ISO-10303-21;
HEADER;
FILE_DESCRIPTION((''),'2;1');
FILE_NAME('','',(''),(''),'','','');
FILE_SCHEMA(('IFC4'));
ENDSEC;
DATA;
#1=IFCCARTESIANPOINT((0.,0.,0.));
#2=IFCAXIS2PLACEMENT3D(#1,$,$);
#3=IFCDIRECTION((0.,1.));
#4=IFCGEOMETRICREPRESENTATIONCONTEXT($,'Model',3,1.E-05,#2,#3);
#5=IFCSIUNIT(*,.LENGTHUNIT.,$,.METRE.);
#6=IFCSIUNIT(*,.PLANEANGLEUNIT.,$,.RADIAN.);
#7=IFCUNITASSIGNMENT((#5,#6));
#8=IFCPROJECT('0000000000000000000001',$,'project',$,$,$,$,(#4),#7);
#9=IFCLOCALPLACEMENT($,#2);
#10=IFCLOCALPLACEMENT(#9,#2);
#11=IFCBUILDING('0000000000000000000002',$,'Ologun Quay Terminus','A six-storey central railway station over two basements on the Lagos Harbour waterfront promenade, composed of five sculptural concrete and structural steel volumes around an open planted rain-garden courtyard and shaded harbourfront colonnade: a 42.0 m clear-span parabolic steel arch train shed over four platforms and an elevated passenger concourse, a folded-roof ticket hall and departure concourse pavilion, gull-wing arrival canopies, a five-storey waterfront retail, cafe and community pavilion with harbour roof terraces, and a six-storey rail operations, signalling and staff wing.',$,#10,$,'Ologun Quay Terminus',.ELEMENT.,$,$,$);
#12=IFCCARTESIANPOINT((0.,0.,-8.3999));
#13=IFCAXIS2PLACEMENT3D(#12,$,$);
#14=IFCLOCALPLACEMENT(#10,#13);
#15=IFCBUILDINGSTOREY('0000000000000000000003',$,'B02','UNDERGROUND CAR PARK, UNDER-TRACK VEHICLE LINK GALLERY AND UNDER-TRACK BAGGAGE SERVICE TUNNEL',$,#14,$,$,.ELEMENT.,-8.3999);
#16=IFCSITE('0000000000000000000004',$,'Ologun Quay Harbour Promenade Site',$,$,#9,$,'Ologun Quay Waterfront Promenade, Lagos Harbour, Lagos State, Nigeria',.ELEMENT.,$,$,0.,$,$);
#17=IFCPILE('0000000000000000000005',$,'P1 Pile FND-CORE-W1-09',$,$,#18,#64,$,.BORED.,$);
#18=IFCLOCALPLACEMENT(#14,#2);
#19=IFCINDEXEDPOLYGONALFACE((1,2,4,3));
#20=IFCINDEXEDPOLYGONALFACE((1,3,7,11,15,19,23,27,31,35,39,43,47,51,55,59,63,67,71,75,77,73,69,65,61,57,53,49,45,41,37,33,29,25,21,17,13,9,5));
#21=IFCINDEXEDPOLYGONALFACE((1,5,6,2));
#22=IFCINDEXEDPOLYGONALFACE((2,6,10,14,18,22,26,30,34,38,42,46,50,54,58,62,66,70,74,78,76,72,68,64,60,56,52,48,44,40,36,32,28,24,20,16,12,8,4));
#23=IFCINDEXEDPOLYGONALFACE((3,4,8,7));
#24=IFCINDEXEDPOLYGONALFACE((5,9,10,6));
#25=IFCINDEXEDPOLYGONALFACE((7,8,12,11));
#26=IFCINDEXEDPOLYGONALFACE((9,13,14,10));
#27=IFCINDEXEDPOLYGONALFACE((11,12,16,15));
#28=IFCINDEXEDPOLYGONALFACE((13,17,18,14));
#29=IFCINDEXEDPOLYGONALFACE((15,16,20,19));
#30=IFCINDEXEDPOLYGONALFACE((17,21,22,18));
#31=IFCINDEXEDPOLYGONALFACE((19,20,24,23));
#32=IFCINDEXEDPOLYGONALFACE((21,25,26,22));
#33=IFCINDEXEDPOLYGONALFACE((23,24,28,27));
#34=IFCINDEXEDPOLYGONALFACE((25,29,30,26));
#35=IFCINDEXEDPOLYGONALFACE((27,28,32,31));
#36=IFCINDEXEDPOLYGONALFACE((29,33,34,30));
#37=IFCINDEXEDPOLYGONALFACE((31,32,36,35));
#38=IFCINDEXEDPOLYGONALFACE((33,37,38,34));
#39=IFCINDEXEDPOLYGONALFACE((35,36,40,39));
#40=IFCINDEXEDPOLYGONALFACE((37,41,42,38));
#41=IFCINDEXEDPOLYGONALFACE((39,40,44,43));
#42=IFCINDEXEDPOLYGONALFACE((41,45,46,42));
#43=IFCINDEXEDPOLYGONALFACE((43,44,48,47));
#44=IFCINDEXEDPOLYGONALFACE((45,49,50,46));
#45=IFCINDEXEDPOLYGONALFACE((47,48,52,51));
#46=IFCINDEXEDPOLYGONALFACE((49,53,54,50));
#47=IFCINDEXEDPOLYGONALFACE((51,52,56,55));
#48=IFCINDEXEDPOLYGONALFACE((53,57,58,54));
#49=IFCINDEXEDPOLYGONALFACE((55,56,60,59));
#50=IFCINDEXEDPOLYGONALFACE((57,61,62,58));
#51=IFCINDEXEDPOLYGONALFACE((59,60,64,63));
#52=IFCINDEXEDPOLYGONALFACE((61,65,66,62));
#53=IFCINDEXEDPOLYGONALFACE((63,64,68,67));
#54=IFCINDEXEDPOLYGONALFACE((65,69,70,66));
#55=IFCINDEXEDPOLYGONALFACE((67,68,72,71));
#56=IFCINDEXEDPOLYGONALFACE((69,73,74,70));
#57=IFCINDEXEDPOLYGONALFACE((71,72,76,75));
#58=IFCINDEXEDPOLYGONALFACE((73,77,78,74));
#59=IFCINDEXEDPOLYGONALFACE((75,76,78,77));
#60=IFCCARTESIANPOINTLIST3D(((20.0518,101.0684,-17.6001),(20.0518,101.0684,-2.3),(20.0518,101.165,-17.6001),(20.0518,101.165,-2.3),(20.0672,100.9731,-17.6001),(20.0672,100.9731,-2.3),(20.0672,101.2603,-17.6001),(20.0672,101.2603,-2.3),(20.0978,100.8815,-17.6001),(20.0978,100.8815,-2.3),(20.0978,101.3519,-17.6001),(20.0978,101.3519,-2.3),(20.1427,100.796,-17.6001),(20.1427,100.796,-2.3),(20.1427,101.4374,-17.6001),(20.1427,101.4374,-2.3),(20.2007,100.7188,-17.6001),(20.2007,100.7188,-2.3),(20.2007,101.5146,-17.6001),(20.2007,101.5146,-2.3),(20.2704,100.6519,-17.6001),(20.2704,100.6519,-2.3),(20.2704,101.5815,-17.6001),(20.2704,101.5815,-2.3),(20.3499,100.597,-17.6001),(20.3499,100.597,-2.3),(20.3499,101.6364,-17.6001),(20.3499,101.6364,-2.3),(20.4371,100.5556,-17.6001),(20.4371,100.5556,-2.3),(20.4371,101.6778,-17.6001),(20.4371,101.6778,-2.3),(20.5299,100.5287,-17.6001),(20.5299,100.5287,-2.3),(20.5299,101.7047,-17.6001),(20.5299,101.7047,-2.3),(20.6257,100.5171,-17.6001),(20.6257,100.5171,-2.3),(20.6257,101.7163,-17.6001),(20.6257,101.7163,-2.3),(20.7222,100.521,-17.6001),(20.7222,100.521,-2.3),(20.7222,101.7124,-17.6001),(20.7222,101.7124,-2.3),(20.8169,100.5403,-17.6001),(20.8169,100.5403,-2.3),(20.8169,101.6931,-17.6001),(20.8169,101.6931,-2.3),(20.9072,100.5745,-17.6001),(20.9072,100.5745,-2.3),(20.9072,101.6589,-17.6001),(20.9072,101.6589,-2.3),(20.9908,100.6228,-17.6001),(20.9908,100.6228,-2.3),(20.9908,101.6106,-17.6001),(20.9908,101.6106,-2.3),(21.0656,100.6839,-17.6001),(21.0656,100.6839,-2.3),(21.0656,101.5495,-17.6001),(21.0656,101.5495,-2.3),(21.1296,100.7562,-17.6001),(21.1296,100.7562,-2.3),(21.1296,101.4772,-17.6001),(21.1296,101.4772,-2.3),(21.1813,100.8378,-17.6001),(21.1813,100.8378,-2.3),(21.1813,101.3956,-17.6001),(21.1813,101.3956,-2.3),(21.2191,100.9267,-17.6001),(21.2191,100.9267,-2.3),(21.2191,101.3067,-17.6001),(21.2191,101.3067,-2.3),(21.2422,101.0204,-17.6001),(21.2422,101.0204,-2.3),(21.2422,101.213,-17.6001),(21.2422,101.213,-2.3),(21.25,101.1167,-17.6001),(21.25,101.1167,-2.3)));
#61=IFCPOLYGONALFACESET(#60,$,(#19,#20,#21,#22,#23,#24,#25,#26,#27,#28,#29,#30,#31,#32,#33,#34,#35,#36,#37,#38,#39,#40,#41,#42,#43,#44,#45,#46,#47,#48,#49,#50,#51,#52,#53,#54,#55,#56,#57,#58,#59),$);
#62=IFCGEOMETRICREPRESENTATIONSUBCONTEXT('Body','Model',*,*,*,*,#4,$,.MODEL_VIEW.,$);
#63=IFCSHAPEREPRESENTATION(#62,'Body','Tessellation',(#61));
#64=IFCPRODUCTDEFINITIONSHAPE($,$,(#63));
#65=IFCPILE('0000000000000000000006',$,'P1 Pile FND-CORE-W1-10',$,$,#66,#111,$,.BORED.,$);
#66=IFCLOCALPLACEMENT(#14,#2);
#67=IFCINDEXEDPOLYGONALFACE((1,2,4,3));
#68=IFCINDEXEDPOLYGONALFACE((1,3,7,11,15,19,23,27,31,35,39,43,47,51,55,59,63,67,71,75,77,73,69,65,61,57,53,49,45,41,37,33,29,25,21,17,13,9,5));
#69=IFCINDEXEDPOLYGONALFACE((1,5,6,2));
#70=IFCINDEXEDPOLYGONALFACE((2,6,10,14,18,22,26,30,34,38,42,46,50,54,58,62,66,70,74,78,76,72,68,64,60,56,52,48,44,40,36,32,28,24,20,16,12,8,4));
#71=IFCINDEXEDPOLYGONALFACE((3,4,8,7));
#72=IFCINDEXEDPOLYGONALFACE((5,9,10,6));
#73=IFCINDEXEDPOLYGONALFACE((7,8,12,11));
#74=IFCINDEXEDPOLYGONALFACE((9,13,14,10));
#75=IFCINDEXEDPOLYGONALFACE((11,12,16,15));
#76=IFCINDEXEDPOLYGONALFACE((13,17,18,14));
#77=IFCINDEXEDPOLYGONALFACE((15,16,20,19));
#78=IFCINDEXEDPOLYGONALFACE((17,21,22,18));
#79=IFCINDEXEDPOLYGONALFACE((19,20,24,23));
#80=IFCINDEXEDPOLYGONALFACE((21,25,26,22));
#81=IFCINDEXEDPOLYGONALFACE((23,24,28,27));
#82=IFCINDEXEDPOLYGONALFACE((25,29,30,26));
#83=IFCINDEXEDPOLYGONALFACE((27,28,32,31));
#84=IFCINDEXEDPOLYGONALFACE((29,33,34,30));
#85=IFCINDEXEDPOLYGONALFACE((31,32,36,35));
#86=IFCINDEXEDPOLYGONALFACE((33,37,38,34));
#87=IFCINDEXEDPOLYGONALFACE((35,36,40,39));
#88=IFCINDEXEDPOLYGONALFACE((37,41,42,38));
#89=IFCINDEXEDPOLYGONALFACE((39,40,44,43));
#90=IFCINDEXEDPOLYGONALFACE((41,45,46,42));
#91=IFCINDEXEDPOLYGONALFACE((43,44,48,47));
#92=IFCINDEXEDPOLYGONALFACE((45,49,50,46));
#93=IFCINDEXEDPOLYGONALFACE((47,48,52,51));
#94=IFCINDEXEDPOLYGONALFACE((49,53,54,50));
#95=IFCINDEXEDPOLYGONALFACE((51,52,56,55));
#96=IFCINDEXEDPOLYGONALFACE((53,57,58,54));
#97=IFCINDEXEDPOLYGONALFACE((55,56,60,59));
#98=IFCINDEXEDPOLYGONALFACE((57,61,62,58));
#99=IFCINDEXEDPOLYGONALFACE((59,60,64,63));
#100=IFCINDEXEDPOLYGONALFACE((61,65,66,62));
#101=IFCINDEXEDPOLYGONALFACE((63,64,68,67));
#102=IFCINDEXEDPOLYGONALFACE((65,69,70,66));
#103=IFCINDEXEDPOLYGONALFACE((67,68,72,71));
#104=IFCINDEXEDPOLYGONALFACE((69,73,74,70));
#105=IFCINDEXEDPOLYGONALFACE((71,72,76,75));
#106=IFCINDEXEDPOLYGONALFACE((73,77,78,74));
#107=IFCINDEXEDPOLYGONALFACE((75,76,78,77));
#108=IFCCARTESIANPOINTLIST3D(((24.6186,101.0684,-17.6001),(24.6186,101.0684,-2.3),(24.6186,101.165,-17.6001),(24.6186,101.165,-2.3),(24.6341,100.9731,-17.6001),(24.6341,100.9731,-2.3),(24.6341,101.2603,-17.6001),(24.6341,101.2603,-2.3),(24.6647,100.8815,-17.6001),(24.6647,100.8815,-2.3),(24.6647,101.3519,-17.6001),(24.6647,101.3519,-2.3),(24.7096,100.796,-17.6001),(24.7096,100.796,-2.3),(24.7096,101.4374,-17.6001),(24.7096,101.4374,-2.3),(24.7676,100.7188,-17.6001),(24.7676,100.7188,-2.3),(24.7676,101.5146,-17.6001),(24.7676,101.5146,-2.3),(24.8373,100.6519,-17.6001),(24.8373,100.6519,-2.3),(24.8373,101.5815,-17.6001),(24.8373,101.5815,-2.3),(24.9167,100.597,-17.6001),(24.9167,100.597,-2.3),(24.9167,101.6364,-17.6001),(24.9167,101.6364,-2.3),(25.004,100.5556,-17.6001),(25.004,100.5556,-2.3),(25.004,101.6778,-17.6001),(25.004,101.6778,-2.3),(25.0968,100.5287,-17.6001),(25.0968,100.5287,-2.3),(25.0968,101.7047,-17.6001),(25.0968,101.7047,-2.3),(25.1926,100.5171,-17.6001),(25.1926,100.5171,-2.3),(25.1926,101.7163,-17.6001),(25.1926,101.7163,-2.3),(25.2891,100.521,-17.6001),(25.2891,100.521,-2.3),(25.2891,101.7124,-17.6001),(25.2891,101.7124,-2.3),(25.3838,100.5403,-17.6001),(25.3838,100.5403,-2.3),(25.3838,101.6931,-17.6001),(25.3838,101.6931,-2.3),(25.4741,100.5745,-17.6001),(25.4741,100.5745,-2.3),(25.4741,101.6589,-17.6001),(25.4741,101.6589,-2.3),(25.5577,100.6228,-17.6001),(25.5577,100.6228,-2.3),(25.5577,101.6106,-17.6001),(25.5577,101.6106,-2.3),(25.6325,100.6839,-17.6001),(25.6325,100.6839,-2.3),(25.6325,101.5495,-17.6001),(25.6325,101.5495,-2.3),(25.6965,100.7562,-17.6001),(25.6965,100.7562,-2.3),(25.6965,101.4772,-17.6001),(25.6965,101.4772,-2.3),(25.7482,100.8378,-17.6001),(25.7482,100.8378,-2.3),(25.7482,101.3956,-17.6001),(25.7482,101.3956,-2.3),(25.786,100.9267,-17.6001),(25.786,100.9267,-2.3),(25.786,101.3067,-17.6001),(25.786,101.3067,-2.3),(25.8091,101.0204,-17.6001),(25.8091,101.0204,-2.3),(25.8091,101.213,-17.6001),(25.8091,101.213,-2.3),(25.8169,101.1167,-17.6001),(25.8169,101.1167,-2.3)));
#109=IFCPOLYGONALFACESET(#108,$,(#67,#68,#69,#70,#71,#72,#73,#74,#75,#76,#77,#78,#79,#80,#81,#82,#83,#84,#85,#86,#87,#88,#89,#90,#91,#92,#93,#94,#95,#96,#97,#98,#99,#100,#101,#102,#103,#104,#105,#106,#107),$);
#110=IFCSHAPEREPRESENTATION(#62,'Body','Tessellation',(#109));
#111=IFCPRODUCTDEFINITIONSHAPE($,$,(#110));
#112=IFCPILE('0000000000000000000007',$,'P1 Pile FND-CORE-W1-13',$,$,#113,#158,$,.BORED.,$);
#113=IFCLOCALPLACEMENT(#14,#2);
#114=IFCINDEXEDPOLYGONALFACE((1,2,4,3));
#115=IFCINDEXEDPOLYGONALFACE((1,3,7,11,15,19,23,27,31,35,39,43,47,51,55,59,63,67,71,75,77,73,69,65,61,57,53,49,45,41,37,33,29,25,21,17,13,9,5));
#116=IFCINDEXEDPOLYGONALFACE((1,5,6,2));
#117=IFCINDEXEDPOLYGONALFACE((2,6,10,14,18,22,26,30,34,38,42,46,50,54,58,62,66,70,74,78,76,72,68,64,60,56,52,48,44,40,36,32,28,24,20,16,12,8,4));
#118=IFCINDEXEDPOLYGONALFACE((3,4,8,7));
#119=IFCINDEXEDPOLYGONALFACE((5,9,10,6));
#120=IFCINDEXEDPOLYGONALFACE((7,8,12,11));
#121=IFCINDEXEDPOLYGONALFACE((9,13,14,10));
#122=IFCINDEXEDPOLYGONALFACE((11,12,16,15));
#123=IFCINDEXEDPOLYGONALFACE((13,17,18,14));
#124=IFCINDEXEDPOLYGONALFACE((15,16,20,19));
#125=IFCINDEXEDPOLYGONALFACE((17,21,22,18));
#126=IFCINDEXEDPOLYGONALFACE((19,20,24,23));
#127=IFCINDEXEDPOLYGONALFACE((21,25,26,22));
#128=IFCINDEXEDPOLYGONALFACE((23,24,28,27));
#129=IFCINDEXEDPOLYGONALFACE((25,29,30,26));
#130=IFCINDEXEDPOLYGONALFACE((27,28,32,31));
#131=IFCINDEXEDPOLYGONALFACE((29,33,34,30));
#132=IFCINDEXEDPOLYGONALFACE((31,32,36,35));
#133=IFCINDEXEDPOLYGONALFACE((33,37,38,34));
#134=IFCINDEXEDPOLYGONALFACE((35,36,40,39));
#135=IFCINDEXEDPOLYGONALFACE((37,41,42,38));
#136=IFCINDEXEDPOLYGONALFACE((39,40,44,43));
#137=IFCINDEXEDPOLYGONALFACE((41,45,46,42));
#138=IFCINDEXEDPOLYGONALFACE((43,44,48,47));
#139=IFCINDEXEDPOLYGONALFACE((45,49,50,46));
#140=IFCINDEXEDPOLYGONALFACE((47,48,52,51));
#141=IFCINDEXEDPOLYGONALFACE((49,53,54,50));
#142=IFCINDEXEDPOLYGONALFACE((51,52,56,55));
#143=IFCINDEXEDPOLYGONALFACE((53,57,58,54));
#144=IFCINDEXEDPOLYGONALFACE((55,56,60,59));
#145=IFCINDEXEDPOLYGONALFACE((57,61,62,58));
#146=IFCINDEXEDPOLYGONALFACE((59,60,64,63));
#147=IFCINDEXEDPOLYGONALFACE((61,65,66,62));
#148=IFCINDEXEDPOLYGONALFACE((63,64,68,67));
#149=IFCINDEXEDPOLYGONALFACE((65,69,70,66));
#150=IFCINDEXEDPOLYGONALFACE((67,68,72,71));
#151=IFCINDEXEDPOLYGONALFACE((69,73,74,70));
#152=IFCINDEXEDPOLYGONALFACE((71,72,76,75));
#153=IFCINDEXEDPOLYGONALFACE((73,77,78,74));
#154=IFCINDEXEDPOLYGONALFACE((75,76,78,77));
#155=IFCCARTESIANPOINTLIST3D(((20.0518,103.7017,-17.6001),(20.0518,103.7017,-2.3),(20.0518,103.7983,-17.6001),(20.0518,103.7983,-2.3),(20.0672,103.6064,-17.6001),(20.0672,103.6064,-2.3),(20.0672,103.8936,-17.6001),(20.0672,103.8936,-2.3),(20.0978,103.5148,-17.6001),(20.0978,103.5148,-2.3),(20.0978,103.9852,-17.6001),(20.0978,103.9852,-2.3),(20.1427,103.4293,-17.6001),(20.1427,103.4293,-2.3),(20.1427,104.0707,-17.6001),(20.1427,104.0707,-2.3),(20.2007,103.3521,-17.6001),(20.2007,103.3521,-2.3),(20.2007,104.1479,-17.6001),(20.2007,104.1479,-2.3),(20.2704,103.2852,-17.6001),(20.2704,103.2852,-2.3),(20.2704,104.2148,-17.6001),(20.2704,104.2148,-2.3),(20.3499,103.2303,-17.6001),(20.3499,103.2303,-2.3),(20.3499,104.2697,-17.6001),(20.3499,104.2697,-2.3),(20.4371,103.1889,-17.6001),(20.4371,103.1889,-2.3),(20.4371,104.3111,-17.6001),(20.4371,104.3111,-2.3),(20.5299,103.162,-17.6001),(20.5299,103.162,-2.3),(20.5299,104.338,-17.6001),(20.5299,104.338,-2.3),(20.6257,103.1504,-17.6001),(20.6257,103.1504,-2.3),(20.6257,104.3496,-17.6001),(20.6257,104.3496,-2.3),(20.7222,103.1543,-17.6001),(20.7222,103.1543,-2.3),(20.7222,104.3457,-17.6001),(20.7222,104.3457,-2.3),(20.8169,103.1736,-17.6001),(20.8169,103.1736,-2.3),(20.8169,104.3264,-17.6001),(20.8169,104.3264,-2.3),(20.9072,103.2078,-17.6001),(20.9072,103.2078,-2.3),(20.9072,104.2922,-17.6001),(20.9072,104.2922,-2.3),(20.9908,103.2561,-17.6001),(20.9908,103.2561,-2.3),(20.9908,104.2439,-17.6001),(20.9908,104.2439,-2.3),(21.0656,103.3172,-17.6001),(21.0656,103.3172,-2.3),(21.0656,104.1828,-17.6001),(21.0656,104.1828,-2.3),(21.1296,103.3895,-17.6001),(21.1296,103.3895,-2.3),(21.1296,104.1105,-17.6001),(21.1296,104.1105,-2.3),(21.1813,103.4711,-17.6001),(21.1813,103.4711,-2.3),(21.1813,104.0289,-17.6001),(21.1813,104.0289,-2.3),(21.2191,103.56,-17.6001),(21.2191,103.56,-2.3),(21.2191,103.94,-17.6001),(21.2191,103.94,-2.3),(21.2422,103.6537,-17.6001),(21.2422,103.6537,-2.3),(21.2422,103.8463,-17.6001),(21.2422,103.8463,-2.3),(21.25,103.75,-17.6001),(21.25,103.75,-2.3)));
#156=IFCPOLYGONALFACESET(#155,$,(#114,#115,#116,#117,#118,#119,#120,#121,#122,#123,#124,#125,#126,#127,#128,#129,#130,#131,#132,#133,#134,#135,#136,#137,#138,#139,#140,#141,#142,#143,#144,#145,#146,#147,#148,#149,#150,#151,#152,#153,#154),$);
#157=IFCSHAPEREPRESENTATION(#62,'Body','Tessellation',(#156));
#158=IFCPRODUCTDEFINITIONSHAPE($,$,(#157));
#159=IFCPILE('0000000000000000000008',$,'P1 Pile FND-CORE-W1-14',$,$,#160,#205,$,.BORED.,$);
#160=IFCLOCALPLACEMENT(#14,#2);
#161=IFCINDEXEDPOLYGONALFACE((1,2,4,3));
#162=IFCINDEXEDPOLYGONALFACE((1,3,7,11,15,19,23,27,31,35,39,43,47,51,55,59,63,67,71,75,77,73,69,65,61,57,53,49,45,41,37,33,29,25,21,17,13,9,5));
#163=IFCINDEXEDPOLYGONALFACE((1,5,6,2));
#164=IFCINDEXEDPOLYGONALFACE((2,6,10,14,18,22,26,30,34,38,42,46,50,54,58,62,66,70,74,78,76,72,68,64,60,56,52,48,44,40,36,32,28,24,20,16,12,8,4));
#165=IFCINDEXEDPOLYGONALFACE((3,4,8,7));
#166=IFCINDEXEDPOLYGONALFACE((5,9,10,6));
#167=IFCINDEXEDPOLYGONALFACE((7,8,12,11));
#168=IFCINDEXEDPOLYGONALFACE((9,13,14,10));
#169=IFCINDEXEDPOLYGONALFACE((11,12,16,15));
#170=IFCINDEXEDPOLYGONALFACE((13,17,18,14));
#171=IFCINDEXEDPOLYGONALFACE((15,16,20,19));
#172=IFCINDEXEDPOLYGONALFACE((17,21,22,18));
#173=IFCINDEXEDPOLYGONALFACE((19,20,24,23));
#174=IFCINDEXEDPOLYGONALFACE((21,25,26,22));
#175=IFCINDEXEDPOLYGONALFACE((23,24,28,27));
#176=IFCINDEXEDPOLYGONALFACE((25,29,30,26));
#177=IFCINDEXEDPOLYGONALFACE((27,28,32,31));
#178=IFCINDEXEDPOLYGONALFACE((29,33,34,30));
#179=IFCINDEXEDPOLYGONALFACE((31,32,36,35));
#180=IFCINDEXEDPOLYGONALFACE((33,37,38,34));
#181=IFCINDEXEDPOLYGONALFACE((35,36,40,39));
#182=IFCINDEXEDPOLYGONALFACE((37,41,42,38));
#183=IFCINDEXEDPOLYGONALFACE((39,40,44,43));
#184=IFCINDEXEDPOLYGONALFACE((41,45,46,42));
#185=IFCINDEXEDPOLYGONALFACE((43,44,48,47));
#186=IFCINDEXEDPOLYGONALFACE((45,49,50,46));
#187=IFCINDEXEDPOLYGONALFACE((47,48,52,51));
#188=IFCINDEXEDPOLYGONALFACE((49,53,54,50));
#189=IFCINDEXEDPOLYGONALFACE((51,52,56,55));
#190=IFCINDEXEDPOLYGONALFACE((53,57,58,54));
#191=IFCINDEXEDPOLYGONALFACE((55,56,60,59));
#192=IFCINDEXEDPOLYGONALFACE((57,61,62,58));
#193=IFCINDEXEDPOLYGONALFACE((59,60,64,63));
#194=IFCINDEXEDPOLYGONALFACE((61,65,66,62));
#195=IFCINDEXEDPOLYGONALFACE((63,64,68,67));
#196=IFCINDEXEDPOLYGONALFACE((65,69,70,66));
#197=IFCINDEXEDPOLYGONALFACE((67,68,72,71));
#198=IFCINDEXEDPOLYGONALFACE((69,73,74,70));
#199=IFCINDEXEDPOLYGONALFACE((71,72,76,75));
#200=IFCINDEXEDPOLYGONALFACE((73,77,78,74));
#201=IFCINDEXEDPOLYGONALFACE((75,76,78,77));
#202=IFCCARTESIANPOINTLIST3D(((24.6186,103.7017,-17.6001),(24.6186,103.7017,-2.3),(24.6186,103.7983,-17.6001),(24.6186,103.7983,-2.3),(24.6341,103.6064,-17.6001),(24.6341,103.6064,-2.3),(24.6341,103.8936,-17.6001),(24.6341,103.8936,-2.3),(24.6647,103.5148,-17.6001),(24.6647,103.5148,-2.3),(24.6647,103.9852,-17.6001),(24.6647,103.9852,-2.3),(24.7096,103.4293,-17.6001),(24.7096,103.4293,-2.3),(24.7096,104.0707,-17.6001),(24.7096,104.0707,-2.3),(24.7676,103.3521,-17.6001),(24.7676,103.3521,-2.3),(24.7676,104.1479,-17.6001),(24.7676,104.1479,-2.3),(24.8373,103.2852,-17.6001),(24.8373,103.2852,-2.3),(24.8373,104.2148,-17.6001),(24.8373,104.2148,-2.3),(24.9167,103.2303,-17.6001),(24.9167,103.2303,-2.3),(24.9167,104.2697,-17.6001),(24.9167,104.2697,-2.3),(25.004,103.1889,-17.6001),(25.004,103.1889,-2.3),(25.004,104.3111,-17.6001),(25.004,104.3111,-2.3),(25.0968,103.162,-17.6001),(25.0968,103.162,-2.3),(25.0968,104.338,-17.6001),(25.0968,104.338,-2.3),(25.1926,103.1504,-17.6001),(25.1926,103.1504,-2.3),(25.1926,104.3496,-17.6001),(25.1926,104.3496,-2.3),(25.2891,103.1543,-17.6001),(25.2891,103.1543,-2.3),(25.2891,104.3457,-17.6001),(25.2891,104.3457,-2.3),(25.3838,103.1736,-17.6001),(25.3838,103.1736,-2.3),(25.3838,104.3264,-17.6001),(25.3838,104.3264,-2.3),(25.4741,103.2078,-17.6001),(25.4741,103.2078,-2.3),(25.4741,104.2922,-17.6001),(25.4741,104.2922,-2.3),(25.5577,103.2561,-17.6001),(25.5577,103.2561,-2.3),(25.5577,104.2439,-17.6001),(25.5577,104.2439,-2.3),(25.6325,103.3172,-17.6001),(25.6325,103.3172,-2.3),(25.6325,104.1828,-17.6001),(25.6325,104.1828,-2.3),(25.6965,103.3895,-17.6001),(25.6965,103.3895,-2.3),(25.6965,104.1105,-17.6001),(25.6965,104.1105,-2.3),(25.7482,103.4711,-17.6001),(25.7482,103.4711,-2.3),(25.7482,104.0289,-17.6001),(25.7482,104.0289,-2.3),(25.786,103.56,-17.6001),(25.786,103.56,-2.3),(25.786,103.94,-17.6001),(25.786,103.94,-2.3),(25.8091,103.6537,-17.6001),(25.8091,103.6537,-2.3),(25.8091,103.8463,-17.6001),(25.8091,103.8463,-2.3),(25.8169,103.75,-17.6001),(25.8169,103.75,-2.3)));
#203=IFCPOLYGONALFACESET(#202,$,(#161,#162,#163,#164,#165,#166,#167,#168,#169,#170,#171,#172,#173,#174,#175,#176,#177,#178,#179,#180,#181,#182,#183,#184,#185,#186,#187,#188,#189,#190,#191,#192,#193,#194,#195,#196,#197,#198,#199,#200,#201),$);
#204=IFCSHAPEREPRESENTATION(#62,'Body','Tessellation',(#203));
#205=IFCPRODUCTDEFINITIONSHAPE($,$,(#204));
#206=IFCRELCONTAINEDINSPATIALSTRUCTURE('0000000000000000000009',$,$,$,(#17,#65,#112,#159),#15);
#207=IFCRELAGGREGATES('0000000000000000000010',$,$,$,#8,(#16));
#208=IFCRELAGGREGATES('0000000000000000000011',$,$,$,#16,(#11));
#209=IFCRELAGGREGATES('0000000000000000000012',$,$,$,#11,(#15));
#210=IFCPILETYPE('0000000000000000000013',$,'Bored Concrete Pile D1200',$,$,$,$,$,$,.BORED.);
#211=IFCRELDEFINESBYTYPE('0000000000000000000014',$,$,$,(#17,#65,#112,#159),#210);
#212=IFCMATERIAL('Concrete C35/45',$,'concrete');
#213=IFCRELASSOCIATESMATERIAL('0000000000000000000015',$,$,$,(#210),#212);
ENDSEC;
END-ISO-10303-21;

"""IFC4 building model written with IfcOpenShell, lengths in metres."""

from ifc_helpers import new_model, si_unit, direction, frame, origin, origin_2d, place, context, subcontext, project, spatial, circle, extrude, material, material_profile, profile_set, type_object, element, save


model = new_model("IFC4")

# Units and contexts
model_context = context("Model", 3, precision=1e-05, world=origin(), true_north=direction((0.0, 1.0)))
body_context = subcontext(model_context, "Body", "Model", "MODEL_VIEW")
ifc_project = project(units=[si_unit("LENGTHUNIT", "METRE"), si_unit("PLANEANGLEUNIT", "RADIAN")], contexts=[model_context])

# Site, building, storey
site_placement = place(None, origin())
site = spatial("IfcSite", under=ifc_project, at=site_placement, Name="Ologun Quay Harbour Promenade Site", LongName="Ologun Quay Waterfront Promenade, Lagos Harbour, Lagos State, Nigeria", CompositionType="ELEMENT", RefElevation=0.0)
building_placement = place(site_placement, origin())
building = spatial("IfcBuilding", under=site, at=building_placement, Name="Ologun Quay Terminus", Description="A six-storey central railway station over two basements on the Lagos Harbour waterfront promenade, composed of five sculptural concrete and structural steel volumes around an open planted rain-garden courtyard and shaded harbourfront colonnade: a 42.0 m clear-span parabolic steel arch train shed over four platforms and an elevated passenger concourse, a folded-roof ticket hall and departure concourse pavilion, gull-wing arrival canopies, a five-storey waterfront retail, cafe and community pavilion with harbour roof terraces, and a six-storey rail operations, signalling and staff wing.", LongName="Ologun Quay Terminus", CompositionType="ELEMENT")
storey_placement = place(building_placement, frame((0.0, 0.0, -8.3999)))
storey = spatial("IfcBuildingStorey", under=building, at=storey_placement, Name="B02", Description="UNDERGROUND CAR PARK, UNDER-TRACK VEHICLE LINK GALLERY AND UNDER-TRACK BAGGAGE SERVICE TUNNEL", CompositionType="ELEMENT", Elevation=-8.3999)

# Piles
ifc_material_1 = material(Name="Concrete C35/45", Category="concrete")
ifc_material_profile_1 = material_profile(ifc_material_1, circle(Radius=0.6001, at=origin_2d()), Name="PILE D1200")
ifc_profile_set_1 = profile_set([ifc_material_profile_1], Name="Concrete C35/45")
pile_type = type_object("IfcPileType", Name="Bored Concrete Pile D1200", PredefinedType="BORED", material=ifc_profile_set_1)
for number, where, z_axis, x_axis, name in (
    (1, (20.6499, 101.1167, -2.3), (0.0, 0.0, -1.0), (1.0, 0.0, 0.0), "P1 Pile FND-CORE-W1-09"),
    (2, (25.2168, 101.1167, -2.3), (0.0, 0.0, -1.0), (1.0, 0.0, 0.0), "P1 Pile FND-CORE-W1-10"),
    (3, (20.6499, 103.75, -2.3), (0.0, 0.0, -1.0), (1.0, 0.0, 0.0), "P1 Pile FND-CORE-W1-13"),
    (4, (25.2168, 103.75, -2.3), (0.0, 0.0, -1.0), (1.0, 0.0, 0.0), "P1 Pile FND-CORE-W1-14"),
):
    element("IfcPile", number, at=place(storey_placement, frame(where, z_axis=z_axis, x_axis=x_axis)), inside=storey, type_object=pile_type, Name=name, PredefinedType="BORED", context=body_context, shape_type="SweptSolid", body=[
        extrude(circle(Radius=0.6001, at=origin_2d()), origin(), (0.0, 0.0, 1.0), 15.3),
    ])

save(model, "model.ifc")
